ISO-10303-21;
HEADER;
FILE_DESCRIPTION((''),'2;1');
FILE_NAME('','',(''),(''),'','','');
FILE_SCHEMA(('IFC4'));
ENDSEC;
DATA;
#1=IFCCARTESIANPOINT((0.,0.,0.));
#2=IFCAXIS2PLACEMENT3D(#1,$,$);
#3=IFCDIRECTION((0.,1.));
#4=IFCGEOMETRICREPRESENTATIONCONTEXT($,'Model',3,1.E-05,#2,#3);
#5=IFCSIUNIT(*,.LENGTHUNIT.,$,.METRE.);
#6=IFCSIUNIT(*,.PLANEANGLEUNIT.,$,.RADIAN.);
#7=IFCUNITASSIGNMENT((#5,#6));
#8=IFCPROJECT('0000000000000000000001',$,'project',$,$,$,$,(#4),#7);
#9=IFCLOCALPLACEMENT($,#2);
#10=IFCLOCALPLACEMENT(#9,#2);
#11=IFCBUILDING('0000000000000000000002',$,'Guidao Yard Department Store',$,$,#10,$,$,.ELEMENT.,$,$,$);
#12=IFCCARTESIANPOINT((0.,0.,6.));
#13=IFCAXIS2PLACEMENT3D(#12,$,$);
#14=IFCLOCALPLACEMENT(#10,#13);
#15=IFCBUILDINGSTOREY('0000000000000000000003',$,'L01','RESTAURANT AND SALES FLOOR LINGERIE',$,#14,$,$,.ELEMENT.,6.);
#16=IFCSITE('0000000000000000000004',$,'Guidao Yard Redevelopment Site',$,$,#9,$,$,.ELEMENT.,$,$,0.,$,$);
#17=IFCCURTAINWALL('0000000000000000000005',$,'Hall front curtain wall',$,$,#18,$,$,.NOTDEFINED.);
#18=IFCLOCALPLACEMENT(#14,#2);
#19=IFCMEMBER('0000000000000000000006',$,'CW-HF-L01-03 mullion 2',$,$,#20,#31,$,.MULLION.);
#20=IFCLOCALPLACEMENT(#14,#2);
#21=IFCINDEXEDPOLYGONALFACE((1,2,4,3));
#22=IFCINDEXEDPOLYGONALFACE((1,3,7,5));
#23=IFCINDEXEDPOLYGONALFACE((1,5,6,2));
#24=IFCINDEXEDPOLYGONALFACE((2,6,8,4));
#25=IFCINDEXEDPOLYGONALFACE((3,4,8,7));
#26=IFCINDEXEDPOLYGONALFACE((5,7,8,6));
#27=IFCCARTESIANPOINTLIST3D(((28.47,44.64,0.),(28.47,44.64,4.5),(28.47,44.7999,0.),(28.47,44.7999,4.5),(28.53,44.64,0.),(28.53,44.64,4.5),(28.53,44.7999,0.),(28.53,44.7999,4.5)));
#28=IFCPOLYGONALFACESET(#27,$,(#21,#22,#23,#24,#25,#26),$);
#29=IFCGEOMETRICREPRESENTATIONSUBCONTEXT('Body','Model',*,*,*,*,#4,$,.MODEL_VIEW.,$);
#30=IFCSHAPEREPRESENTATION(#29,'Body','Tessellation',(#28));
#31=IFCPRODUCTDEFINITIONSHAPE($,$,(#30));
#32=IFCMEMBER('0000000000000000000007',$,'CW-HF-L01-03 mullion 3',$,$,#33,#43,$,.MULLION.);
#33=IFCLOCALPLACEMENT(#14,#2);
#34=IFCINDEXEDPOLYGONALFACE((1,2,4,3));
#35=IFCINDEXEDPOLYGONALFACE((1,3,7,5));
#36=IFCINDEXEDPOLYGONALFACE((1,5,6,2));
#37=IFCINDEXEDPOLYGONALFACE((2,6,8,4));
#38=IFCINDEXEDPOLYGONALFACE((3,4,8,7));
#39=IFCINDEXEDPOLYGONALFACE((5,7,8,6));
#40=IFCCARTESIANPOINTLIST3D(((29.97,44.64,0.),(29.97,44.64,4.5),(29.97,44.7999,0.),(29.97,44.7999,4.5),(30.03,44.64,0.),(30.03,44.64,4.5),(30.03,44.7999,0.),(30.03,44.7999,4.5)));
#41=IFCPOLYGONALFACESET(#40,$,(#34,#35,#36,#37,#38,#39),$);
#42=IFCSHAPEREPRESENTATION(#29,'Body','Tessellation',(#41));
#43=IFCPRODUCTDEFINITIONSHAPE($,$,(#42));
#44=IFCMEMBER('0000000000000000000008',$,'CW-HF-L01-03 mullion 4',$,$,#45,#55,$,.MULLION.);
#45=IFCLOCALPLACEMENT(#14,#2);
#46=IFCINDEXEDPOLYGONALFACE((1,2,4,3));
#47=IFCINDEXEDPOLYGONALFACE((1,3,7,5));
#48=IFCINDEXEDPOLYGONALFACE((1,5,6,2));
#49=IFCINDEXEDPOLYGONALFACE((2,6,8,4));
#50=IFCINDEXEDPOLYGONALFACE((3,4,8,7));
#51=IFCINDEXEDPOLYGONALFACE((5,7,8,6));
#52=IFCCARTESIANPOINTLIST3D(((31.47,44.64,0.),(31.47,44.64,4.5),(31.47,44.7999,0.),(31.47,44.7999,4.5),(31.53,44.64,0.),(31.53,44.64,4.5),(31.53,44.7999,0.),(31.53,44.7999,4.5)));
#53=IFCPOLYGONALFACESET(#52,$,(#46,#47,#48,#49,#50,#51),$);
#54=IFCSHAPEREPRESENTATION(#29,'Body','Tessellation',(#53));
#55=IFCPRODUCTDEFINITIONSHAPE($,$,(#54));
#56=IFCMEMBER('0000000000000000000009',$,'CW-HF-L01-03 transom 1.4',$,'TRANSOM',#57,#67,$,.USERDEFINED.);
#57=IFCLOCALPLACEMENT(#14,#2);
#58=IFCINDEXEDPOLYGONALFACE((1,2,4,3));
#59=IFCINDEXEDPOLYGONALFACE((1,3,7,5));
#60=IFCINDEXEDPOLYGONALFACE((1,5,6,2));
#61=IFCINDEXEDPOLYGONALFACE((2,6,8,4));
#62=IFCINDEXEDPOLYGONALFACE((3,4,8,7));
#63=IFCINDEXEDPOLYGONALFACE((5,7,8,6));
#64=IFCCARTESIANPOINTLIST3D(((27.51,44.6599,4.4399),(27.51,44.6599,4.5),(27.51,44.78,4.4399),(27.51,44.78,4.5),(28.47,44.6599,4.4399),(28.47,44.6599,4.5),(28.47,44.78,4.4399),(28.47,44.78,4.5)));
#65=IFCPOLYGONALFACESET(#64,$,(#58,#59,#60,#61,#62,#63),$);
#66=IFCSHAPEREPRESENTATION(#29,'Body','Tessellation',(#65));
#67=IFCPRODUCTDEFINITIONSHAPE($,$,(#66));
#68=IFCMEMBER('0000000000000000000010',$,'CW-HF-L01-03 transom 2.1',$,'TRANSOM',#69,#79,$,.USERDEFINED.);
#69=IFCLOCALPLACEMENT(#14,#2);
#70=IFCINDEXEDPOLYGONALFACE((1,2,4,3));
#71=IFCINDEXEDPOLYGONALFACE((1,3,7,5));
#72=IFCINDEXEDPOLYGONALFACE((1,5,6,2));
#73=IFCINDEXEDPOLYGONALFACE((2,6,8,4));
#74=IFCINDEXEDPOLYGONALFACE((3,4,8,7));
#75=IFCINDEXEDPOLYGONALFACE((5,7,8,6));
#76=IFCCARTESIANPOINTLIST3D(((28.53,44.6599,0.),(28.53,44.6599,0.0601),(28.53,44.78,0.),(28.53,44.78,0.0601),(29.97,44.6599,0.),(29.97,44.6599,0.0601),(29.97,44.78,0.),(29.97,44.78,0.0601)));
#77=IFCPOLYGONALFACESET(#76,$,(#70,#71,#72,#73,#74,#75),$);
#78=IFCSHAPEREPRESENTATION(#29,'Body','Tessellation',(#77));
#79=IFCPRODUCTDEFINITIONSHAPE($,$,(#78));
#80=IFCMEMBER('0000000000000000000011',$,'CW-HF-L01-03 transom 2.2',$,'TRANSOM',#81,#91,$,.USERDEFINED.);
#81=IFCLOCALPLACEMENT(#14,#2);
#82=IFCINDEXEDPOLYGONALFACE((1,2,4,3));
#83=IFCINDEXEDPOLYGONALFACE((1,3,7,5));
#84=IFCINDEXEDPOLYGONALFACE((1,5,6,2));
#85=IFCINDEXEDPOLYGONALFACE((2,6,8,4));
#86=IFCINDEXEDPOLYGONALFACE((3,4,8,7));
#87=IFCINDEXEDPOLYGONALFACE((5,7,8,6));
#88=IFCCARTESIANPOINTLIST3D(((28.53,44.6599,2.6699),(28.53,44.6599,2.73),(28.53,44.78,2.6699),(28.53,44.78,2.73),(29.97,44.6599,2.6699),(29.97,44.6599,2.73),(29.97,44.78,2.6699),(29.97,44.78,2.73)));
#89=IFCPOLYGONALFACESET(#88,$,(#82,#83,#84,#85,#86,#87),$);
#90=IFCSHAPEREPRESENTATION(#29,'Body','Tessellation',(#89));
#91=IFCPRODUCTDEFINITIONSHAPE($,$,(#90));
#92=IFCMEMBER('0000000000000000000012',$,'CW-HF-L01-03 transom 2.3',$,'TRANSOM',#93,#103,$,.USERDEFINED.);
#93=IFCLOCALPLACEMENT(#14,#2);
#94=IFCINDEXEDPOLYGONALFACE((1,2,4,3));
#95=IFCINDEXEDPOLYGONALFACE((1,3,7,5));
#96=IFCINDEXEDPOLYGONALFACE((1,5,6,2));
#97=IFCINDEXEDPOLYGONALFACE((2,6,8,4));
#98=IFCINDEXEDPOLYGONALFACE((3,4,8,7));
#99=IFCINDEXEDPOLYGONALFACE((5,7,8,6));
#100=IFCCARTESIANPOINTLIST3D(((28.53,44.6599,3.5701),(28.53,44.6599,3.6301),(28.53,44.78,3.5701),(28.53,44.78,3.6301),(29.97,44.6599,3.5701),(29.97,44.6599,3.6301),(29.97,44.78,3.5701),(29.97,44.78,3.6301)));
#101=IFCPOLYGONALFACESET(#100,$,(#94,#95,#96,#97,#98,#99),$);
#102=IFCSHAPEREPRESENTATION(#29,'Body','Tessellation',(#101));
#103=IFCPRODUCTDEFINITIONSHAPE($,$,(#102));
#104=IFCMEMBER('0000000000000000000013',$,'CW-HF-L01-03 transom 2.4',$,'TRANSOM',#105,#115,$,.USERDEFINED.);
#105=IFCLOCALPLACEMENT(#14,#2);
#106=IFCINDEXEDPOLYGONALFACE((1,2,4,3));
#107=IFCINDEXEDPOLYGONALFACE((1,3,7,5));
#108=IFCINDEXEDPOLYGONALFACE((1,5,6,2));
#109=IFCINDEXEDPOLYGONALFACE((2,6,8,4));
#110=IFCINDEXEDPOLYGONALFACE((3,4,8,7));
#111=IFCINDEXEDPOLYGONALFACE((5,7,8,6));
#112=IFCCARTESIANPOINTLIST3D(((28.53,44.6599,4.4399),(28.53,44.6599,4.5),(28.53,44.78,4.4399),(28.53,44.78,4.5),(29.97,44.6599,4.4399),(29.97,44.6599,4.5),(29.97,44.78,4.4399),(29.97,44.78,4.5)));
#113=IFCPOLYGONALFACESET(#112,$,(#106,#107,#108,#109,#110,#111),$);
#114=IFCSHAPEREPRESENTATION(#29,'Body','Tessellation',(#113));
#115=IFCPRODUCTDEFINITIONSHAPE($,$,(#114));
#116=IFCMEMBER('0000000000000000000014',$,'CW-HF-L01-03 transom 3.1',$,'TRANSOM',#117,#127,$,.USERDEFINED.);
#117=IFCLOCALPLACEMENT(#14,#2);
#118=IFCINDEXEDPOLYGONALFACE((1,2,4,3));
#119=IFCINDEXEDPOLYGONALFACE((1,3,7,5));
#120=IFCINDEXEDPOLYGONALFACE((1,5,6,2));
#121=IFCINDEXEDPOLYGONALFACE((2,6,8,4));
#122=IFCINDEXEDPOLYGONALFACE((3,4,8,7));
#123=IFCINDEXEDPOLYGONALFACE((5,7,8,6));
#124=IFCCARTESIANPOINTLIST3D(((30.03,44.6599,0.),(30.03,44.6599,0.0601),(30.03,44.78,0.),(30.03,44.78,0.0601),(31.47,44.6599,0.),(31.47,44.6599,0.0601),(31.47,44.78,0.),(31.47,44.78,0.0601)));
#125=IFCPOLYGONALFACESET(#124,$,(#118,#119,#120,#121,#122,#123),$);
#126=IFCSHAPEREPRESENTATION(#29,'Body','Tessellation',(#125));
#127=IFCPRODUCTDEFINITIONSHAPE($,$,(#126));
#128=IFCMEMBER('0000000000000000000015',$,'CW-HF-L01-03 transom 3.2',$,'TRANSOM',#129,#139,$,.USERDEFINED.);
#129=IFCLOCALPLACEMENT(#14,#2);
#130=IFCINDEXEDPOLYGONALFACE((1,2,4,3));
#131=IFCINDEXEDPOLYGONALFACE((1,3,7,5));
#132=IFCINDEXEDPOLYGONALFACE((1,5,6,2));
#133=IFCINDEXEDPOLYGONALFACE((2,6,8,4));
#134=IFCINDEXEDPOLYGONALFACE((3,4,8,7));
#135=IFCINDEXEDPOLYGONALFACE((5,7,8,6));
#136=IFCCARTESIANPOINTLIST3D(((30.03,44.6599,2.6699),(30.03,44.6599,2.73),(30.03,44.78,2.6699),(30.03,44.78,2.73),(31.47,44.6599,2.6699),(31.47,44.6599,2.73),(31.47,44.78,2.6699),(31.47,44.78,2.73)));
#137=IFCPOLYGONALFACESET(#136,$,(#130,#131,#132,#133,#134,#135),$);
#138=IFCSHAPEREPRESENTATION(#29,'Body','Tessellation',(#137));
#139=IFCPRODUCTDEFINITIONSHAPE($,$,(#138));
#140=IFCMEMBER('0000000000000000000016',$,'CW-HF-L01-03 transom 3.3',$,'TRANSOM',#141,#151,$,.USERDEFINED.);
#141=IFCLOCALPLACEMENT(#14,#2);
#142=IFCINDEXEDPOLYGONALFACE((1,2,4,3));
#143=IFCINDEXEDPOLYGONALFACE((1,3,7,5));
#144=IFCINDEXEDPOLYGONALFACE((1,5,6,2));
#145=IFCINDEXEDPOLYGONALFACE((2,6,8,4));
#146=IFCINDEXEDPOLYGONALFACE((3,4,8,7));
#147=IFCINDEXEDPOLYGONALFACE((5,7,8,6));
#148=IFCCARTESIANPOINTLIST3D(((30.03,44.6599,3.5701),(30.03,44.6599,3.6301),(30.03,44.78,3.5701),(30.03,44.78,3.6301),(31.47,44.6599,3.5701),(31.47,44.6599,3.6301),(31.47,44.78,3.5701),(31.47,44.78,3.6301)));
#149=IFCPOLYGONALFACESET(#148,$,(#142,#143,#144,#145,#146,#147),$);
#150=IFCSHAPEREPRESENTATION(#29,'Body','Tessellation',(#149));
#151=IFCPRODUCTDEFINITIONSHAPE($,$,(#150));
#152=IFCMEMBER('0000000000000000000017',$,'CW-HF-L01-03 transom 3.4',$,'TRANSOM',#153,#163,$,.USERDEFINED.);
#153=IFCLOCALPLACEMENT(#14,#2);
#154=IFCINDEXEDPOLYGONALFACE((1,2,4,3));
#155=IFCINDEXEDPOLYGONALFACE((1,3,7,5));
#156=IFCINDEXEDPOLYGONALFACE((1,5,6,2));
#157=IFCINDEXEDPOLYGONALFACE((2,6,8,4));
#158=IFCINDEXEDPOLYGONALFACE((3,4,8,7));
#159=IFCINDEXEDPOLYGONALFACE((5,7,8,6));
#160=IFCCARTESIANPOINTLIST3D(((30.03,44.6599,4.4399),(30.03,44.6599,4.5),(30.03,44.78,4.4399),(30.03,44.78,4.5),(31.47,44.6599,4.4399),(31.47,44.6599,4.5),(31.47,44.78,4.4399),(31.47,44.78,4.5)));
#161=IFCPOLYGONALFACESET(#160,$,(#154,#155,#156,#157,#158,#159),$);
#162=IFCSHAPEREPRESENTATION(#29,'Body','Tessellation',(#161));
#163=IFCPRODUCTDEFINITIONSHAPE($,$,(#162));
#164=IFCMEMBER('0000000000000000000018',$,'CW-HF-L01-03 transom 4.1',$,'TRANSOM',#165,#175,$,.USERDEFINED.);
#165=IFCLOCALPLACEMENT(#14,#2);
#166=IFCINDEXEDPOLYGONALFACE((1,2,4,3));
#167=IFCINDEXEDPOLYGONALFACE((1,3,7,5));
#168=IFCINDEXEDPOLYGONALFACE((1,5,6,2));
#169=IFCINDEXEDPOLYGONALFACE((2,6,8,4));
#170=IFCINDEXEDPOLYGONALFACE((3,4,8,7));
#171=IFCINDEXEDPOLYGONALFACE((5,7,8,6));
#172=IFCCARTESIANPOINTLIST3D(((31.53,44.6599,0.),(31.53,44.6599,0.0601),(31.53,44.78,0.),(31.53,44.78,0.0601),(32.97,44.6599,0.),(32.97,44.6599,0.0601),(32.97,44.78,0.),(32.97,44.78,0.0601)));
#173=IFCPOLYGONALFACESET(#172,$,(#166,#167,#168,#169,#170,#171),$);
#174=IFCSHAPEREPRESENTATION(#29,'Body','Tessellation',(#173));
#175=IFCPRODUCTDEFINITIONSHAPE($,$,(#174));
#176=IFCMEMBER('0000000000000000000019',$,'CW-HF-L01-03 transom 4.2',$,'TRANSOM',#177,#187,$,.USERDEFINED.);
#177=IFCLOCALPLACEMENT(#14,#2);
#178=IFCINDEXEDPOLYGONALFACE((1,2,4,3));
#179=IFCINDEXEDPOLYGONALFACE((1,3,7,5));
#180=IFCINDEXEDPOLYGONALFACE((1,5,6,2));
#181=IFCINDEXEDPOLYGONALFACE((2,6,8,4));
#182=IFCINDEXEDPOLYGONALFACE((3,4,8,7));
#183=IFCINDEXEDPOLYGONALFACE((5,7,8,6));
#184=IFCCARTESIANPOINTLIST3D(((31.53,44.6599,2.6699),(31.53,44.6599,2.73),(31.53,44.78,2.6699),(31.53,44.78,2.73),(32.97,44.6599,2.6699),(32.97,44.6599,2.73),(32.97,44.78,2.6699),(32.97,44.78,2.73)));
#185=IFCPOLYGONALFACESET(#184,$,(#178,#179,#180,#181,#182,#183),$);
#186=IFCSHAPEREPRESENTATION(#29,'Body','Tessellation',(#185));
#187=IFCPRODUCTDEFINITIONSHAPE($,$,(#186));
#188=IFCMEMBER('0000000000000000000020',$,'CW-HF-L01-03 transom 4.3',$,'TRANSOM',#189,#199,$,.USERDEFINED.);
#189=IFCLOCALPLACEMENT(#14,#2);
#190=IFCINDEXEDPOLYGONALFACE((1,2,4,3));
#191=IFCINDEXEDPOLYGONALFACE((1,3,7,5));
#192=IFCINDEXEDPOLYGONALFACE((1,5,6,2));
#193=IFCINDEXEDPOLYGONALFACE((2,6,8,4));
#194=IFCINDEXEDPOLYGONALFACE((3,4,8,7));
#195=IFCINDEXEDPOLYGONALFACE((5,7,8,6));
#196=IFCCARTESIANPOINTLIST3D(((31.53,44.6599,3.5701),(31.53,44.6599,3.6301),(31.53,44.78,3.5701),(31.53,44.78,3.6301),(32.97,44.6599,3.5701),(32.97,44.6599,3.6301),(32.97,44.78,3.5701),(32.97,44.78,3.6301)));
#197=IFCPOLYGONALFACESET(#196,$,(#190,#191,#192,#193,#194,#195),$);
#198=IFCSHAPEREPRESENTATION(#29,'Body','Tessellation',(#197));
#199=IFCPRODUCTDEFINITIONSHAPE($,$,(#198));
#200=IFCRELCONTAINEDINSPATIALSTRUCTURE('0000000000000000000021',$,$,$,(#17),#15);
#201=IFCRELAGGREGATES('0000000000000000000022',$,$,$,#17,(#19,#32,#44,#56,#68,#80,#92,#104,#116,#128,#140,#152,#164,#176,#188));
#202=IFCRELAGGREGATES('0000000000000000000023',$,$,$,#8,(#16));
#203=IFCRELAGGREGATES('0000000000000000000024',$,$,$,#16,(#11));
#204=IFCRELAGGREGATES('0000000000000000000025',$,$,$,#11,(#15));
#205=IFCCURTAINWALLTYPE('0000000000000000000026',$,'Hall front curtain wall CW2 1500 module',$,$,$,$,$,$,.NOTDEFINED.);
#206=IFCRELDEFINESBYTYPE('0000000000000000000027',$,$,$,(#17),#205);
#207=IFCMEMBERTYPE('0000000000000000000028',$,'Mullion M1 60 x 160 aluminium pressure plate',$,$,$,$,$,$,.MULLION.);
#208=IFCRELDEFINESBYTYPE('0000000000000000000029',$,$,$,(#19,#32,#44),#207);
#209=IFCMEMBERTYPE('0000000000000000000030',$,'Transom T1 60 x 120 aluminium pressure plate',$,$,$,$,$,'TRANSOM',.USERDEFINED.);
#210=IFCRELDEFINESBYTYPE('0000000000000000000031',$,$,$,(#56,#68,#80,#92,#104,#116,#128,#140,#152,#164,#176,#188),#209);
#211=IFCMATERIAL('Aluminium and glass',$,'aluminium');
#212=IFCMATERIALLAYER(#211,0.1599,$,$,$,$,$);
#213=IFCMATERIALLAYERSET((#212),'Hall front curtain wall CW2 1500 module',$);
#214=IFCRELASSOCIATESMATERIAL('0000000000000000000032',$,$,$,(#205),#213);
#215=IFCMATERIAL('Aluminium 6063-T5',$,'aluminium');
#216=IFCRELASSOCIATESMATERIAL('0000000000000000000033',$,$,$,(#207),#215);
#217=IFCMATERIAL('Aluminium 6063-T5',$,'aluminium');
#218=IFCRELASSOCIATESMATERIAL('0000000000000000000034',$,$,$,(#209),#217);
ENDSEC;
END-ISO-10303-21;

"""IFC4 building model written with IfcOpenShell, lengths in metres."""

from ifc_helpers import new_model, si_unit, direction, frame, origin, origin_2d, place, context, subcontext, project, spatial, rectangle, extrude, material, layer, layer_set, material_profile, profile_set, type_object, element, aggregate, save


model = new_model("IFC4")

# Units and contexts
model_context = context("Model", 3, precision=1e-05, world=origin(), true_north=direction((0.0, 1.0)))
body_context = subcontext(model_context, "Body", "Model", "MODEL_VIEW")
ifc_project = project(units=[si_unit("LENGTHUNIT", "METRE"), si_unit("PLANEANGLEUNIT", "RADIAN")], contexts=[model_context])

# Site, building, storey
site_placement = place(None, origin())
site = spatial("IfcSite", under=ifc_project, at=site_placement, Name="Guidao Yard Redevelopment Site", CompositionType="ELEMENT", RefElevation=0.0)
building_placement = place(site_placement, origin())
building = spatial("IfcBuilding", under=site, at=building_placement, Name="Guidao Yard Department Store", CompositionType="ELEMENT")
storey_placement = place(building_placement, frame((0.0, 0.0, 6.0)))
storey = spatial("IfcBuildingStorey", under=building, at=storey_placement, Name="L01", Description="RESTAURANT AND SALES FLOOR LINGERIE", CompositionType="ELEMENT", Elevation=6.0)

# Curtain wall, members
ifc_material_1 = material(Name="Aluminium and glass", Category="aluminium")
ifc_layer_1 = layer(ifc_material_1, 0.1599)
ifc_layer_set_1 = layer_set([ifc_layer_1], Name="Hall front curtain wall CW2 1500 module")
curtain_wall_type = type_object("IfcCurtainWallType", Name="Hall front curtain wall CW2 1500 module", PredefinedType="NOTDEFINED", material=ifc_layer_set_1)
curtain_wall_placement = place(storey_placement, origin())
curtain_wall = element("IfcCurtainWall", 1, at=curtain_wall_placement, inside=storey, type_object=curtain_wall_type, Name="Hall front curtain wall", PredefinedType="NOTDEFINED")
ifc_material_2 = material(Name="Aluminium 6063-T5", Category="aluminium")
ifc_material_profile_1 = material_profile(ifc_material_2, rectangle(XDim=0.0601, YDim=0.1599, at=origin_2d()), Name="Mullion M1 60 x 160 aluminium pressure plate")
ifc_profile_set_1 = profile_set([ifc_material_profile_1], Name="Aluminium 6063-T5")
member_type_1 = type_object("IfcMemberType", Name="Mullion M1 60 x 160 aluminium pressure plate", PredefinedType="MULLION", material=ifc_profile_set_1)
member_1_placement = place(storey_placement, frame((28.5, 44.72, 0.0), z_axis=(0.0, 0.0, 1.0), x_axis=(-1.0, 0.0, 0.0)))
member_1 = element("IfcMember", 2, at=member_1_placement, type_object=member_type_1, Name="CW-HF-L01-03 mullion 2", PredefinedType="MULLION", context=body_context, shape_type="SweptSolid", body=[
    extrude(rectangle(XDim=0.0601, YDim=0.1599, at=origin_2d()), origin(), (0.0, 0.0, 1.0), 4.5),
])
member_2_placement = place(storey_placement, frame((30.0, 44.72, 0.0), z_axis=(0.0, 0.0, 1.0), x_axis=(-1.0, 0.0, 0.0)))
member_2 = element("IfcMember", 3, at=member_2_placement, type_object=member_type_1, Name="CW-HF-L01-03 mullion 3", PredefinedType="MULLION", context=body_context, shape_type="SweptSolid", body=[
    extrude(rectangle(XDim=0.0601, YDim=0.1599, at=origin_2d()), origin(), (0.0, 0.0, 1.0), 4.5),
])
member_3_placement = place(storey_placement, frame((31.5, 44.72, 0.0), z_axis=(0.0, 0.0, 1.0), x_axis=(-1.0, 0.0, 0.0)))
member_3 = element("IfcMember", 4, at=member_3_placement, type_object=member_type_1, Name="CW-HF-L01-03 mullion 4", PredefinedType="MULLION", context=body_context, shape_type="SweptSolid", body=[
    extrude(rectangle(XDim=0.0601, YDim=0.1599, at=origin_2d()), origin(), (0.0, 0.0, 1.0), 4.5),
])
ifc_material_3 = material(Name="Aluminium 6063-T5", Category="aluminium")
ifc_material_profile_2 = material_profile(ifc_material_3, rectangle(XDim=0.1201, YDim=0.0601, at=origin_2d()), Name="Transom T1 60 x 120 aluminium pressure plate")
ifc_profile_set_2 = profile_set([ifc_material_profile_2], Name="Aluminium 6063-T5")
member_type_2 = type_object("IfcMemberType", Name="Transom T1 60 x 120 aluminium pressure plate", ElementType="TRANSOM", PredefinedType="USERDEFINED", material=ifc_profile_set_2)
member_4_placement = place(storey_placement, frame((28.47, 44.72, 4.47), z_axis=(-1.0, 0.0, 0.0), x_axis=(0.0, -1.0, 0.0)))
member_4 = element("IfcMember", 5, at=member_4_placement, type_object=member_type_2, Name="CW-HF-L01-03 transom 1.4", ObjectType="TRANSOM", PredefinedType="USERDEFINED", context=body_context, shape_type="SweptSolid", body=[
    extrude(rectangle(XDim=0.1201, YDim=0.0601, at=origin_2d()), origin(), (0.0, 0.0, 1.0), 0.96),
])
member_5_placement = place(storey_placement, frame((29.97, 44.72, 0.03), z_axis=(-1.0, 0.0, 0.0), x_axis=(0.0, -1.0, 0.0)))
member_5 = element("IfcMember", 6, at=member_5_placement, type_object=member_type_2, Name="CW-HF-L01-03 transom 2.1", ObjectType="TRANSOM", PredefinedType="USERDEFINED", context=body_context, shape_type="SweptSolid", body=[
    extrude(rectangle(XDim=0.1201, YDim=0.0601, at=origin_2d()), origin(), (0.0, 0.0, 1.0), 1.4399),
])
member_6_placement = place(storey_placement, frame((29.97, 44.72, 2.7), z_axis=(-1.0, 0.0, 0.0), x_axis=(0.0, -1.0, 0.0)))
member_6 = element("IfcMember", 7, at=member_6_placement, type_object=member_type_2, Name="CW-HF-L01-03 transom 2.2", ObjectType="TRANSOM", PredefinedType="USERDEFINED", context=body_context, shape_type="SweptSolid", body=[
    extrude(rectangle(XDim=0.1201, YDim=0.0601, at=origin_2d()), origin(), (0.0, 0.0, 1.0), 1.4399),
])
member_7_placement = place(storey_placement, frame((29.97, 44.72, 3.6001), z_axis=(-1.0, 0.0, 0.0), x_axis=(0.0, -1.0, 0.0)))
member_7 = element("IfcMember", 8, at=member_7_placement, type_object=member_type_2, Name="CW-HF-L01-03 transom 2.3", ObjectType="TRANSOM", PredefinedType="USERDEFINED", context=body_context, shape_type="SweptSolid", body=[
    extrude(rectangle(XDim=0.1201, YDim=0.0601, at=origin_2d()), origin(), (0.0, 0.0, 1.0), 1.4399),
])
member_8_placement = place(storey_placement, frame((29.97, 44.72, 4.47), z_axis=(-1.0, 0.0, 0.0), x_axis=(0.0, -1.0, 0.0)))
member_8 = element("IfcMember", 9, at=member_8_placement, type_object=member_type_2, Name="CW-HF-L01-03 transom 2.4", ObjectType="TRANSOM", PredefinedType="USERDEFINED", context=body_context, shape_type="SweptSolid", body=[
    extrude(rectangle(XDim=0.1201, YDim=0.0601, at=origin_2d()), origin(), (0.0, 0.0, 1.0), 1.4399),
])
member_9_placement = place(storey_placement, frame((31.47, 44.72, 0.03), z_axis=(-1.0, 0.0, 0.0), x_axis=(0.0, -1.0, 0.0)))
member_9 = element("IfcMember", 10, at=member_9_placement, type_object=member_type_2, Name="CW-HF-L01-03 transom 3.1", ObjectType="TRANSOM", PredefinedType="USERDEFINED", context=body_context, shape_type="SweptSolid", body=[
    extrude(rectangle(XDim=0.1201, YDim=0.0601, at=origin_2d()), origin(), (0.0, 0.0, 1.0), 1.4399),
])
member_10_placement = place(storey_placement, frame((31.47, 44.72, 2.7), z_axis=(-1.0, 0.0, 0.0), x_axis=(0.0, -1.0, 0.0)))
member_10 = element("IfcMember", 11, at=member_10_placement, type_object=member_type_2, Name="CW-HF-L01-03 transom 3.2", ObjectType="TRANSOM", PredefinedType="USERDEFINED", context=body_context, shape_type="SweptSolid", body=[
    extrude(rectangle(XDim=0.1201, YDim=0.0601, at=origin_2d()), origin(), (0.0, 0.0, 1.0), 1.4399),
])
member_11_placement = place(storey_placement, frame((31.47, 44.72, 3.6001), z_axis=(-1.0, 0.0, 0.0), x_axis=(0.0, -1.0, 0.0)))
member_11 = element("IfcMember", 12, at=member_11_placement, type_object=member_type_2, Name="CW-HF-L01-03 transom 3.3", ObjectType="TRANSOM", PredefinedType="USERDEFINED", context=body_context, shape_type="SweptSolid", body=[
    extrude(rectangle(XDim=0.1201, YDim=0.0601, at=origin_2d()), origin(), (0.0, 0.0, 1.0), 1.4399),
])
member_12_placement = place(storey_placement, frame((31.47, 44.72, 4.47), z_axis=(-1.0, 0.0, 0.0), x_axis=(0.0, -1.0, 0.0)))
member_12 = element("IfcMember", 13, at=member_12_placement, type_object=member_type_2, Name="CW-HF-L01-03 transom 3.4", ObjectType="TRANSOM", PredefinedType="USERDEFINED", context=body_context, shape_type="SweptSolid", body=[
    extrude(rectangle(XDim=0.1201, YDim=0.0601, at=origin_2d()), origin(), (0.0, 0.0, 1.0), 1.4399),
])
member_13_placement = place(storey_placement, frame((32.97, 44.72, 0.03), z_axis=(-1.0, 0.0, 0.0), x_axis=(0.0, -1.0, 0.0)))
member_13 = element("IfcMember", 14, at=member_13_placement, type_object=member_type_2, Name="CW-HF-L01-03 transom 4.1", ObjectType="TRANSOM", PredefinedType="USERDEFINED", context=body_context, shape_type="SweptSolid", body=[
    extrude(rectangle(XDim=0.1201, YDim=0.0601, at=origin_2d()), origin(), (0.0, 0.0, 1.0), 1.4399),
])
member_14_placement = place(storey_placement, frame((32.97, 44.72, 2.7), z_axis=(-1.0, 0.0, 0.0), x_axis=(0.0, -1.0, 0.0)))
member_14 = element("IfcMember", 15, at=member_14_placement, type_object=member_type_2, Name="CW-HF-L01-03 transom 4.2", ObjectType="TRANSOM", PredefinedType="USERDEFINED", context=body_context, shape_type="SweptSolid", body=[
    extrude(rectangle(XDim=0.1201, YDim=0.0601, at=origin_2d()), origin(), (0.0, 0.0, 1.0), 1.4399),
])
member_15_placement = place(storey_placement, frame((32.97, 44.72, 3.6001), z_axis=(-1.0, 0.0, 0.0), x_axis=(0.0, -1.0, 0.0)))
member_15 = element("IfcMember", 16, at=member_15_placement, type_object=member_type_2, Name="CW-HF-L01-03 transom 4.3", ObjectType="TRANSOM", PredefinedType="USERDEFINED", context=body_context, shape_type="SweptSolid", body=[
    extrude(rectangle(XDim=0.1201, YDim=0.0601, at=origin_2d()), origin(), (0.0, 0.0, 1.0), 1.4399),
])
aggregate(curtain_wall, [member_1, member_2, member_3, member_4, member_5, member_6, member_7, member_8, member_9, member_10, member_11, member_12, member_13, member_14, member_15])

save(model, "model.ifc")
